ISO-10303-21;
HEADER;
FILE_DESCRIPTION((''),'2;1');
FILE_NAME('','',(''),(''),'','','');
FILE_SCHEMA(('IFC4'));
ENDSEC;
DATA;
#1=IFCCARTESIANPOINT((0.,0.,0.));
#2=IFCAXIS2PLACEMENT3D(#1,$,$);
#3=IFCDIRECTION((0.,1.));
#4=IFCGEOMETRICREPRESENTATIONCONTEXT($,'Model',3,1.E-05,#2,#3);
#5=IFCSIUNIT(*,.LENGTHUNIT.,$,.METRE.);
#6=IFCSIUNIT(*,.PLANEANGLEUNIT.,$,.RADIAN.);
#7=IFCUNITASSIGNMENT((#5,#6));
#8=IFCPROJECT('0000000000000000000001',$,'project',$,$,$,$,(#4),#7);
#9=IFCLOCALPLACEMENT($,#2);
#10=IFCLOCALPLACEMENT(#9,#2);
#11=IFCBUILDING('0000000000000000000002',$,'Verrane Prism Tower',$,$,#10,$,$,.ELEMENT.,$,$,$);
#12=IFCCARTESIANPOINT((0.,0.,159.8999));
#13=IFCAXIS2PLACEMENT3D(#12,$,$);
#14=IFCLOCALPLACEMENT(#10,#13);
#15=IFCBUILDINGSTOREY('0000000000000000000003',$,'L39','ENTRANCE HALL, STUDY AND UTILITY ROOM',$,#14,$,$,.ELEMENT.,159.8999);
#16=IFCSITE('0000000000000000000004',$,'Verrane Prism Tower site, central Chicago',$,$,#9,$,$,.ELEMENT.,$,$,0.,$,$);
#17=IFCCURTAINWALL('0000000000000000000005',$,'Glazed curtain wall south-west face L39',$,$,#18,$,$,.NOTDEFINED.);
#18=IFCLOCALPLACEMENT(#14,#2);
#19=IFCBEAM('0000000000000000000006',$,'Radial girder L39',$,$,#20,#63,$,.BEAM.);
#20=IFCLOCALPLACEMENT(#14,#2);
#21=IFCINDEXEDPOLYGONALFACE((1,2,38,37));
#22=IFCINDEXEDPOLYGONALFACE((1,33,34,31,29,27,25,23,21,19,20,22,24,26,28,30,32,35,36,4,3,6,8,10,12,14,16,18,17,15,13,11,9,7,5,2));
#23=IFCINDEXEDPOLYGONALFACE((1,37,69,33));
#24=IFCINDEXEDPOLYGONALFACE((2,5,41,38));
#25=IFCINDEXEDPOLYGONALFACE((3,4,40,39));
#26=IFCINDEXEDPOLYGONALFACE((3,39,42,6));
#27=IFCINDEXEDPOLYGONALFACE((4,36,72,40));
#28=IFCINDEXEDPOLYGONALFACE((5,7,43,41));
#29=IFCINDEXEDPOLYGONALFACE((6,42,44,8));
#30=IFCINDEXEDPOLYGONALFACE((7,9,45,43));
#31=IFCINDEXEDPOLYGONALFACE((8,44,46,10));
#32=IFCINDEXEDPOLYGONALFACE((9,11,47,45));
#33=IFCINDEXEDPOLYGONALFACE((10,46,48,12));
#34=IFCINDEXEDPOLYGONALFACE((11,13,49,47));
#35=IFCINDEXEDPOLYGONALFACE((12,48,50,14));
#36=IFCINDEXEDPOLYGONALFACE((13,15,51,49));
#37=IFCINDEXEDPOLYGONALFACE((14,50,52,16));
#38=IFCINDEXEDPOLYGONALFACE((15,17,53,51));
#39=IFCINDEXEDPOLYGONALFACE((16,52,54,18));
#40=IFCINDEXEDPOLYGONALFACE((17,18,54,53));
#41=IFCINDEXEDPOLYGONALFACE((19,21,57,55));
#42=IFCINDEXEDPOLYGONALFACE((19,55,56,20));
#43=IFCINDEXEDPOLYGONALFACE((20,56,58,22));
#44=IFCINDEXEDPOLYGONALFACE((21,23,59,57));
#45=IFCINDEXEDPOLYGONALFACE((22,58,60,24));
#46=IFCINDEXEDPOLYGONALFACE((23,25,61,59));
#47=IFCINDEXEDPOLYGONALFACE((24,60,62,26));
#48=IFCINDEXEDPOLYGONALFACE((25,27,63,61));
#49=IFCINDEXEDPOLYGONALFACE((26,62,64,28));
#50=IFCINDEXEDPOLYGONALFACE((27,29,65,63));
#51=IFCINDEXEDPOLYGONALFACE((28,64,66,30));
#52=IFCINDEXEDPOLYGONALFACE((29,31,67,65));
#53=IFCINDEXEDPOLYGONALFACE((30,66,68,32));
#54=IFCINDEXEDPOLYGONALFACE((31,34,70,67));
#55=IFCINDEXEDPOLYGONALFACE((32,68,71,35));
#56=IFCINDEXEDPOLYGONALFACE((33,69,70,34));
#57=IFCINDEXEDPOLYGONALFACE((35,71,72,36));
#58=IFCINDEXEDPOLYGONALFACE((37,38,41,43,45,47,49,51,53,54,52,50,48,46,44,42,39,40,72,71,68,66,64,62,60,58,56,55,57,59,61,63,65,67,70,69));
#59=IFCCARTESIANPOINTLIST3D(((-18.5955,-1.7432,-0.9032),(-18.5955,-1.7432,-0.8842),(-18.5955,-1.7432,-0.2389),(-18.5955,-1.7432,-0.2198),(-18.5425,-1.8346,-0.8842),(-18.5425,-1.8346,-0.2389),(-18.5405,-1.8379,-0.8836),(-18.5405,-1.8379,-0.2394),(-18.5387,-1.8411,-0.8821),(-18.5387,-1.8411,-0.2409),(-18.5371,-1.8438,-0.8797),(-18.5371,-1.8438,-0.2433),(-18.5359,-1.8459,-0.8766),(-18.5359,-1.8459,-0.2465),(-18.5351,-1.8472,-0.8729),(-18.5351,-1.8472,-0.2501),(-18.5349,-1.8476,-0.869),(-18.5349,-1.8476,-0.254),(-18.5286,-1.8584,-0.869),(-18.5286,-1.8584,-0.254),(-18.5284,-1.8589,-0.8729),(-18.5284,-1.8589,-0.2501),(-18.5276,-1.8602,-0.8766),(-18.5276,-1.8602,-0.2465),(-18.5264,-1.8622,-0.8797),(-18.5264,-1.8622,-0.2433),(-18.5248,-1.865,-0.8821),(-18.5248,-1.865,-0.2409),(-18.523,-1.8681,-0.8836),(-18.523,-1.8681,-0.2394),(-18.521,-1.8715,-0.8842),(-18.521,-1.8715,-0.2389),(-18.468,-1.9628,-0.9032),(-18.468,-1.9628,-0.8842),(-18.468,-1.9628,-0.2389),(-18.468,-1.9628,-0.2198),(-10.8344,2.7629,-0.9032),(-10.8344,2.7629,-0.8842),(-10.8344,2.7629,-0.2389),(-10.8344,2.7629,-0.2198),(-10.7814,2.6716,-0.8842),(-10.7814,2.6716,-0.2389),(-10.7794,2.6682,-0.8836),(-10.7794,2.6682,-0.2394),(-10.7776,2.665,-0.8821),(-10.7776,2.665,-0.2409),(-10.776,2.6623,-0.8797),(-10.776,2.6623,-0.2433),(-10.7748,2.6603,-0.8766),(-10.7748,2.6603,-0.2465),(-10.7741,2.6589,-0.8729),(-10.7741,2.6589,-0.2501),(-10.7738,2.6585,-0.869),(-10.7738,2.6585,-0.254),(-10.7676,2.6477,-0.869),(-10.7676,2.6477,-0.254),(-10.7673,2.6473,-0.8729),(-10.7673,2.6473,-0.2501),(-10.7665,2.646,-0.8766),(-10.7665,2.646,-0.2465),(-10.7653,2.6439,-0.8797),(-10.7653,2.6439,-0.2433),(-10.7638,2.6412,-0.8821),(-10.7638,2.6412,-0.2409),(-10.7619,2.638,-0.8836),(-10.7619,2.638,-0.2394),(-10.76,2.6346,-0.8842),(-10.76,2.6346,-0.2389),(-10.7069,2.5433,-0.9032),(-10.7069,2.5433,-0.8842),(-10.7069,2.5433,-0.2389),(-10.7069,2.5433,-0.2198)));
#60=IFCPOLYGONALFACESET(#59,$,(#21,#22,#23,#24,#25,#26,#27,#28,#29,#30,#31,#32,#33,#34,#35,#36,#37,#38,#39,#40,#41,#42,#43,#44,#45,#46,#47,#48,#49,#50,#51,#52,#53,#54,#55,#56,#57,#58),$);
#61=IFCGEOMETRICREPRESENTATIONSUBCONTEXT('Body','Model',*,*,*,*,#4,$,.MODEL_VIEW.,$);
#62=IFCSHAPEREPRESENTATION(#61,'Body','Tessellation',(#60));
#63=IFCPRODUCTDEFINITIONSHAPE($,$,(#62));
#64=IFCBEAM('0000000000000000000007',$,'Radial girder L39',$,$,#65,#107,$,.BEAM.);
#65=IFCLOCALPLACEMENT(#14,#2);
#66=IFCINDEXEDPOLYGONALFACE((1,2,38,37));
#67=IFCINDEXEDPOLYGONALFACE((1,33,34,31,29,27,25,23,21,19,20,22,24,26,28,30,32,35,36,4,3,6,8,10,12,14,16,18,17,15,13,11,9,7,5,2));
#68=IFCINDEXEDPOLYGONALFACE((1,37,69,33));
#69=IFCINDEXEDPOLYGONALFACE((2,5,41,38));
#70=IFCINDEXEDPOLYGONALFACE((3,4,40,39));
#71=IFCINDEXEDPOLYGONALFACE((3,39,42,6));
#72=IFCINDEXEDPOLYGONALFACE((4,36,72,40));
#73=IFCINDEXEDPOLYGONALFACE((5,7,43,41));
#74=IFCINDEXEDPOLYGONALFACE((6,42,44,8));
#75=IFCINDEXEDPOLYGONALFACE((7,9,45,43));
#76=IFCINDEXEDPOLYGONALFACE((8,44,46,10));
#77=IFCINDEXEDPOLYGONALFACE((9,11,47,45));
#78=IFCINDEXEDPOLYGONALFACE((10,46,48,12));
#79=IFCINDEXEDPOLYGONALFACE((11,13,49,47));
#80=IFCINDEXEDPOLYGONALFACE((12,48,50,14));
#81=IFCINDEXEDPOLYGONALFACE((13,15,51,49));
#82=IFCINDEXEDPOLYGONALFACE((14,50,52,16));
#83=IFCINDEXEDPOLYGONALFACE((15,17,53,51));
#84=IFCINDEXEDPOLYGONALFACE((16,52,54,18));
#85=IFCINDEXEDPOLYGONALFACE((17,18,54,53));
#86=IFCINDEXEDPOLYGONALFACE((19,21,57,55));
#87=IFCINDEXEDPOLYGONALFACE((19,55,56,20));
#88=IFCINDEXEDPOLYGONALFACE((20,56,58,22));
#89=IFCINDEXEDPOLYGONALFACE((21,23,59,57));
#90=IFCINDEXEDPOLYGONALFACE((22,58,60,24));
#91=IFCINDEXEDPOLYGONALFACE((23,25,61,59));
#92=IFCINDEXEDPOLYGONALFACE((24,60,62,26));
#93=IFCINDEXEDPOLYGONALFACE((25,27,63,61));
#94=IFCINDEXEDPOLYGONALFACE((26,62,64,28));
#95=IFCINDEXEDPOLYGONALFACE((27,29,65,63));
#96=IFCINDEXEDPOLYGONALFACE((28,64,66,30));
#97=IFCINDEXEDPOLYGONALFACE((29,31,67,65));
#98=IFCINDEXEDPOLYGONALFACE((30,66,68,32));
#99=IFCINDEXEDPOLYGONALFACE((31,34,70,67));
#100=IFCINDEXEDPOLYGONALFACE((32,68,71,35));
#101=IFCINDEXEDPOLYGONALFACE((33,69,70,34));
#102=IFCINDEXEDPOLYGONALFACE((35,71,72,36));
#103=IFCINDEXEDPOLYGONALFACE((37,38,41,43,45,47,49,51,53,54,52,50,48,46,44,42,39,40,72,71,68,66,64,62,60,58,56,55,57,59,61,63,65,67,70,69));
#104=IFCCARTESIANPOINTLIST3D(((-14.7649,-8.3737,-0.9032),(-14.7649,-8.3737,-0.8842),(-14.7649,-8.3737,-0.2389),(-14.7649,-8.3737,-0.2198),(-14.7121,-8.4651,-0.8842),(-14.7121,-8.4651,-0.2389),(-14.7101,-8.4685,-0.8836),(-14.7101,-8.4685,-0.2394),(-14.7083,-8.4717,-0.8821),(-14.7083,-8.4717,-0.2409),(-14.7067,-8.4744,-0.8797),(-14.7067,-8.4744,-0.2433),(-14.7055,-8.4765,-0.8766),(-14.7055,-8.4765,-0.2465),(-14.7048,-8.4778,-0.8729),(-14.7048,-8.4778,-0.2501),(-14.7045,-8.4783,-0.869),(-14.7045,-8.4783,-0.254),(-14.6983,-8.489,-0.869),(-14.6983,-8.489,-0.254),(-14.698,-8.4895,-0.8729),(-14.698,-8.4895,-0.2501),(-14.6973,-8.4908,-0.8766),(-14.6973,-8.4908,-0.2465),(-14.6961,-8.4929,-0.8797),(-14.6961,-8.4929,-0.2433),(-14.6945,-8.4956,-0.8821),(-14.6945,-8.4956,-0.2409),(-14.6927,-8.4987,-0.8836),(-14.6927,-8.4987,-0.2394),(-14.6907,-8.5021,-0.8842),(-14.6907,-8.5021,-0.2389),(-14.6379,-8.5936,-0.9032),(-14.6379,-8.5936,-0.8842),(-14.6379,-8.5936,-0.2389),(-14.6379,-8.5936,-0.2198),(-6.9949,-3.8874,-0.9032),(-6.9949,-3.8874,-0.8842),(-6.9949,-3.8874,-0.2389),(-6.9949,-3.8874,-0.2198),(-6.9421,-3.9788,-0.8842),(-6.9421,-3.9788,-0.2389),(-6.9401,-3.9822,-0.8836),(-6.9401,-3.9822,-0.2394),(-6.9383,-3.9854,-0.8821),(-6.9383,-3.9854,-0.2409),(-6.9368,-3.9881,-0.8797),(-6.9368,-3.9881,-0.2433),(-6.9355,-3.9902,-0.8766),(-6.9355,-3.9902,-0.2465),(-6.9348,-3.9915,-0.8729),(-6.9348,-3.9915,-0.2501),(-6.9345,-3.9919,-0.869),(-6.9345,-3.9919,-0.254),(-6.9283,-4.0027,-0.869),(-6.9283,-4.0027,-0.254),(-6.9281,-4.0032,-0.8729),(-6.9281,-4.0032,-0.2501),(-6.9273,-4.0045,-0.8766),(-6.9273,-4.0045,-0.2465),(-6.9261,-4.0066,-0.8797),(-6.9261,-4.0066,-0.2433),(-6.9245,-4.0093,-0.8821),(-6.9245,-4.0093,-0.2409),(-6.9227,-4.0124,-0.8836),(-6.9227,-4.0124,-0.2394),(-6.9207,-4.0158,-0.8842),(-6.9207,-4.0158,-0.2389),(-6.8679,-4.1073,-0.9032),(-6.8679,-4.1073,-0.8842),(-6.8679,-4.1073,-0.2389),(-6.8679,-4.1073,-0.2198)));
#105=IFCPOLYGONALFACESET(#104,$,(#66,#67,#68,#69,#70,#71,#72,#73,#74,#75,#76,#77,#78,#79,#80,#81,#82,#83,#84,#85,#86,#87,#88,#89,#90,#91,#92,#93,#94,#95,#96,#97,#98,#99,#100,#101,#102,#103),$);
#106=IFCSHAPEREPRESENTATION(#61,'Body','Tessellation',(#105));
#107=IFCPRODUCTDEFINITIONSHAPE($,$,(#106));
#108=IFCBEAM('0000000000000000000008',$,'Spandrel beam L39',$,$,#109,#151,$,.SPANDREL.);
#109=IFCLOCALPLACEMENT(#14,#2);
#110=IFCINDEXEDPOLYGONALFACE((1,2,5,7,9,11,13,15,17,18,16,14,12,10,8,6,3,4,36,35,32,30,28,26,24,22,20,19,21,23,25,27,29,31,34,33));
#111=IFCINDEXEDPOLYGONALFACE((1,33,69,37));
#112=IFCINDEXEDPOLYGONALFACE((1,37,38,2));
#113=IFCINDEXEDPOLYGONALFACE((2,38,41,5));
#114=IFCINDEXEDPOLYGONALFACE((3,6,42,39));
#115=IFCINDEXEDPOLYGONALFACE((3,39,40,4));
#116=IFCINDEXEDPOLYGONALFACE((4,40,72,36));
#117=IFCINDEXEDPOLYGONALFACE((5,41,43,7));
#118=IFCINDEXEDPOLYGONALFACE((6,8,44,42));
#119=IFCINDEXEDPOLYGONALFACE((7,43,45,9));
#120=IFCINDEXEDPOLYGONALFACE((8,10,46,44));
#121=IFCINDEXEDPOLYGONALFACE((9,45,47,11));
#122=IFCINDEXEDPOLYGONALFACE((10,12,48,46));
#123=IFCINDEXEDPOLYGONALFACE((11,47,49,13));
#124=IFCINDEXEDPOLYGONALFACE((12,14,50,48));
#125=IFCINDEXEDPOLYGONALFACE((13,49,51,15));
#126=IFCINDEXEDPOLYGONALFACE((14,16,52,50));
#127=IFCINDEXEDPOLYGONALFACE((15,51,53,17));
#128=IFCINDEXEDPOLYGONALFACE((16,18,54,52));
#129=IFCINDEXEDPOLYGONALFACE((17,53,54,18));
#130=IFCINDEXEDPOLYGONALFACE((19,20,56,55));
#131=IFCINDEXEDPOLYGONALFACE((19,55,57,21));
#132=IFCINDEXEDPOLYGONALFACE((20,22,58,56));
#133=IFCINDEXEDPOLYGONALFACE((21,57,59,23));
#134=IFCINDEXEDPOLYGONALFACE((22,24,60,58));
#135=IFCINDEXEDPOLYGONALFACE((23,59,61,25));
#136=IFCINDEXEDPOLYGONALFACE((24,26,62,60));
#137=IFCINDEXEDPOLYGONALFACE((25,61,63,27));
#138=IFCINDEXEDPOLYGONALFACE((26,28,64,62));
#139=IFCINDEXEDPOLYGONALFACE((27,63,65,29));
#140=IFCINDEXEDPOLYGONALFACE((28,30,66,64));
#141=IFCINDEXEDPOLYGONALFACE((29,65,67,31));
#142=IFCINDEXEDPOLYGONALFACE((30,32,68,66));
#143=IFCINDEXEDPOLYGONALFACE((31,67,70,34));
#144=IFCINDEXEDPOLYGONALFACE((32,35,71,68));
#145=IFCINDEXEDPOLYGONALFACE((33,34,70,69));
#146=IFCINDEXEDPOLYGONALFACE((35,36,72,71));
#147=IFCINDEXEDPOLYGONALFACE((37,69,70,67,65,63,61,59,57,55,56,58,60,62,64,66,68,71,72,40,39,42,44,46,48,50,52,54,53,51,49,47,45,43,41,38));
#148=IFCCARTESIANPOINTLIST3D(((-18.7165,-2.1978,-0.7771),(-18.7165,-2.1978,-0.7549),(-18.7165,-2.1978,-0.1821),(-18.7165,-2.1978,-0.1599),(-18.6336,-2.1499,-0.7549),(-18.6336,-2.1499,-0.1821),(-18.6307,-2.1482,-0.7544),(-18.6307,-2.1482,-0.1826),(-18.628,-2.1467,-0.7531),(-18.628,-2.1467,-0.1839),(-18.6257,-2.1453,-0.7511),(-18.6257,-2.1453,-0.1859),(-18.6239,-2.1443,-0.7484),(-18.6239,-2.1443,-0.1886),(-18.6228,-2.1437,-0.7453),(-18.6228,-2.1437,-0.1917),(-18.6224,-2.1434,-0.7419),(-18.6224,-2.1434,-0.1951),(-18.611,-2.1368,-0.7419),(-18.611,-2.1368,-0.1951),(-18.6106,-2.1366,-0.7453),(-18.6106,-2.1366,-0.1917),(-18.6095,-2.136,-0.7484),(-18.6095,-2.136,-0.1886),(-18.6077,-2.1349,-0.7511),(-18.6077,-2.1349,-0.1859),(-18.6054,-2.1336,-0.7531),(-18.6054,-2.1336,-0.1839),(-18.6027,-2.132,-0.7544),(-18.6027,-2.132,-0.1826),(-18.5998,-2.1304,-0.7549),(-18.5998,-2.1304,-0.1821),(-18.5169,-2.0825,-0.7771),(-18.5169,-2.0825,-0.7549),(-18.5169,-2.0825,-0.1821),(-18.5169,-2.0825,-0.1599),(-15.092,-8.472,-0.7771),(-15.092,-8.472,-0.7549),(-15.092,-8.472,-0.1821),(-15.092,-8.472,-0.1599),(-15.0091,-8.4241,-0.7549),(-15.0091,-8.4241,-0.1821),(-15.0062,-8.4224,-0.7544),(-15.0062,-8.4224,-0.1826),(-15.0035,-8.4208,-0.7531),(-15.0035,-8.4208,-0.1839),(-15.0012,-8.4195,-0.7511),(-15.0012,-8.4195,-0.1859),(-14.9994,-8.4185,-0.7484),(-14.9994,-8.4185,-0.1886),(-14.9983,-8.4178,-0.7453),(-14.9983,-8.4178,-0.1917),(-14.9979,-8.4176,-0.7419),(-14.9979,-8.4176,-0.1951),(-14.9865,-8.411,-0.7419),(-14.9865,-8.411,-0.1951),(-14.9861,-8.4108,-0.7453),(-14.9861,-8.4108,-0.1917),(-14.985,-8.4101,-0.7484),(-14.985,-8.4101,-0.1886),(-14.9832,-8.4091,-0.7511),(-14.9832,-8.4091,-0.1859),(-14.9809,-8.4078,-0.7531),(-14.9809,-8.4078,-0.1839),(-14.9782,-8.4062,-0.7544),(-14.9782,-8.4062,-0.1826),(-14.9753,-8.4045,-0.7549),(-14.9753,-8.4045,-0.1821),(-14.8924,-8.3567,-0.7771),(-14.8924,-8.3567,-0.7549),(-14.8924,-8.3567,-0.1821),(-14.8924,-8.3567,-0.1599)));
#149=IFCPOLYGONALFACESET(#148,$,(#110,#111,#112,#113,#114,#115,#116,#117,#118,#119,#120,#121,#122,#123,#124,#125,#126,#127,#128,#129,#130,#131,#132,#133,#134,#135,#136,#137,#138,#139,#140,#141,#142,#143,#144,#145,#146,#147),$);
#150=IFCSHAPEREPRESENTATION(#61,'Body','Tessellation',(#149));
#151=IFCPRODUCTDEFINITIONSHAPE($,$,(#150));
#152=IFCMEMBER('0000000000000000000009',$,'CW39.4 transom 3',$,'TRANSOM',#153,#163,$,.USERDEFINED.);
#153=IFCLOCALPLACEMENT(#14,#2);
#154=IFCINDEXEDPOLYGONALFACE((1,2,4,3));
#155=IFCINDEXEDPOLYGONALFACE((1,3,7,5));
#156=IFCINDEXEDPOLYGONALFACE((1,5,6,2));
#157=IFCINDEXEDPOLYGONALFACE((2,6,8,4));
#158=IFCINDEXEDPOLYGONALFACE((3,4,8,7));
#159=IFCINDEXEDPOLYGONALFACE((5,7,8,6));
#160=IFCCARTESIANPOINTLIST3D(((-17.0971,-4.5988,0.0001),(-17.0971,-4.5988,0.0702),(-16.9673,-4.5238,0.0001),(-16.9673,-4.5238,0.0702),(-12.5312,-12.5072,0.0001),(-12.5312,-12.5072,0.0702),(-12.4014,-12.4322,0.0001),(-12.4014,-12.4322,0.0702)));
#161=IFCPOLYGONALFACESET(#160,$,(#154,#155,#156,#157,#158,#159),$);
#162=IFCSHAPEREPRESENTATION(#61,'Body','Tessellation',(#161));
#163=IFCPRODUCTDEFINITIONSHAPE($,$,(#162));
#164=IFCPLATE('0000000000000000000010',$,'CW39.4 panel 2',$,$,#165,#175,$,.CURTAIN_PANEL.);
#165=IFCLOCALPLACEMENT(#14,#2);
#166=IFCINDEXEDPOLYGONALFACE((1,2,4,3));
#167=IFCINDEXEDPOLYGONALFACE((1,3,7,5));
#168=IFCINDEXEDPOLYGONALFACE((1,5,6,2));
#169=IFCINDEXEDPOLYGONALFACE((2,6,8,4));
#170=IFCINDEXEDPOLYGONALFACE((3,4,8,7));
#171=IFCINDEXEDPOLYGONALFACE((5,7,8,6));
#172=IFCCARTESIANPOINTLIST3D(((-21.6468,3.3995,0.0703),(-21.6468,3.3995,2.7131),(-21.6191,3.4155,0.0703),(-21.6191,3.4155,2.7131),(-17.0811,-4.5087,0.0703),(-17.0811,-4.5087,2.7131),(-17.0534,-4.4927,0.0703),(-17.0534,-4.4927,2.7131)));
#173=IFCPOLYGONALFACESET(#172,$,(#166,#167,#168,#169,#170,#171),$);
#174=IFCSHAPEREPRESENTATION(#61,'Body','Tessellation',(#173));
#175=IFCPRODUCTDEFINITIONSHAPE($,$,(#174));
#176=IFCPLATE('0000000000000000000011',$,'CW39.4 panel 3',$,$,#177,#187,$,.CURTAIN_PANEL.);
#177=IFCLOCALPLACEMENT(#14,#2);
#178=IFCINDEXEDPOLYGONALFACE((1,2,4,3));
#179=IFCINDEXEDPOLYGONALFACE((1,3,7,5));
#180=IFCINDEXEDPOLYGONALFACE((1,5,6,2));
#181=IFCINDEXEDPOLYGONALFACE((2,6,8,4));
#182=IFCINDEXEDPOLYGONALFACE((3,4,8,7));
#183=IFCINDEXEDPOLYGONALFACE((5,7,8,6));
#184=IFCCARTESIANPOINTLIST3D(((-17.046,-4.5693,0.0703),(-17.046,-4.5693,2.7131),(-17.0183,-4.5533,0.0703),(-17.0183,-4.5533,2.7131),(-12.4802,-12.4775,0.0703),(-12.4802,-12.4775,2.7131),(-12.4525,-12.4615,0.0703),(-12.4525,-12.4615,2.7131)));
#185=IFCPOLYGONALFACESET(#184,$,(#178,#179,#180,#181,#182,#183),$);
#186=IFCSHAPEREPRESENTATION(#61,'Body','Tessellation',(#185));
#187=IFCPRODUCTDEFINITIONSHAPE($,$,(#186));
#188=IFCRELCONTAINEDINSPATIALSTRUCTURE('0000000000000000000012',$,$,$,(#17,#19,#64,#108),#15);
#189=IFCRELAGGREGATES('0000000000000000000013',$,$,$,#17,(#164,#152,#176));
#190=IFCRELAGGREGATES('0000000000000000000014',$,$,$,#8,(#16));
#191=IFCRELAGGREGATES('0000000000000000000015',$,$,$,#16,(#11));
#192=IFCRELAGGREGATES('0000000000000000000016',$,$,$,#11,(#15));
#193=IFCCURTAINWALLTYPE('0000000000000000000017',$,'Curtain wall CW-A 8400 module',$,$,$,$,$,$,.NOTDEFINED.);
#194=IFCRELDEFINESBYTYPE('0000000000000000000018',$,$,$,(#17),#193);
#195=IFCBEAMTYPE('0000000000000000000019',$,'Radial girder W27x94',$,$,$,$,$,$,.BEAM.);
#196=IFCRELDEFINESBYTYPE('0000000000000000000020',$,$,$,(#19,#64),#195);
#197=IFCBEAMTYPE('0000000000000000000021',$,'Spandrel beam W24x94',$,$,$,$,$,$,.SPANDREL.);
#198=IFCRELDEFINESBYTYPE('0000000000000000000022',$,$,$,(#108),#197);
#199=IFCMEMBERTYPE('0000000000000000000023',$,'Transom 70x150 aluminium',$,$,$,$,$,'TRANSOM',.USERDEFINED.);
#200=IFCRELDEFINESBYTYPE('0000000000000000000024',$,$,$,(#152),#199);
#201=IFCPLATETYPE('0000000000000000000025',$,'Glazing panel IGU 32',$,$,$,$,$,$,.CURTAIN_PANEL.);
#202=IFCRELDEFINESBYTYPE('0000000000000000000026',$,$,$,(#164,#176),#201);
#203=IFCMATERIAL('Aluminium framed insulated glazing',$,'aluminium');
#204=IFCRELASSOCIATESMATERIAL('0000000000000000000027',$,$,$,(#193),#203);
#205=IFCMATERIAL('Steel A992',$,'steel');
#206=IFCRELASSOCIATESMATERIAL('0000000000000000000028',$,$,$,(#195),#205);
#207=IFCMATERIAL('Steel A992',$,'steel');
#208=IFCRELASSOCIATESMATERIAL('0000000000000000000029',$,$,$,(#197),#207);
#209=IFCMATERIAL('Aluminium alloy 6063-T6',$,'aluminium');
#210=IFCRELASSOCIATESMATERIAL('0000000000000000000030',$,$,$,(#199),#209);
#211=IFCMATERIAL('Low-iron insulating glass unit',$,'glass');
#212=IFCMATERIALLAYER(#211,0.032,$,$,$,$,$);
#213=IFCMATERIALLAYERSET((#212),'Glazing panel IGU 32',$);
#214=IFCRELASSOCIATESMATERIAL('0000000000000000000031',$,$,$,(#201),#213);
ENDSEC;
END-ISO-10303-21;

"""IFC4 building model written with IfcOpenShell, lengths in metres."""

from ifc_helpers import new_model, si_unit, direction, frame, origin, origin_2d, place, context, subcontext, project, spatial, rectangle, i_section, extrude, material, layer, layer_set, material_profile, profile_set, type_object, element, aggregate, save


model = new_model("IFC4")

# Units and contexts
model_context = context("Model", 3, precision=1e-05, world=origin(), true_north=direction((0.0, 1.0)))
body_context = subcontext(model_context, "Body", "Model", "MODEL_VIEW")
ifc_project = project(units=[si_unit("LENGTHUNIT", "METRE"), si_unit("PLANEANGLEUNIT", "RADIAN")], contexts=[model_context])

# Site, building, storey
site_placement = place(None, origin())
site = spatial("IfcSite", under=ifc_project, at=site_placement, Name="Verrane Prism Tower site, central Chicago", CompositionType="ELEMENT", RefElevation=0.0)
building_placement = place(site_placement, origin())
building = spatial("IfcBuilding", under=site, at=building_placement, Name="Verrane Prism Tower", CompositionType="ELEMENT")
storey_placement = place(building_placement, frame((0.0, 0.0, 159.8999)))
storey = spatial("IfcBuildingStorey", under=building, at=storey_placement, Name="L39", Description="ENTRANCE HALL, STUDY AND UTILITY ROOM", CompositionType="ELEMENT", Elevation=159.8999)

# Curtain wall
ifc_material_1 = material(Name="Aluminium framed insulated glazing", Category="aluminium")
curtain_wall_type = type_object("IfcCurtainWallType", Name="Curtain wall CW-A 8400 module", PredefinedType="NOTDEFINED", material=ifc_material_1)
curtain_wall_placement = place(storey_placement, origin())
curtain_wall = element("IfcCurtainWall", 1, at=curtain_wall_placement, inside=storey, type_object=curtain_wall_type, Name="Glazed curtain wall south-west face L39", PredefinedType="NOTDEFINED")

# Beams
ifc_material_2 = material(Name="Steel A992", Category="steel")
ifc_material_profile_1 = material_profile(ifc_material_2, i_section(OverallWidth=0.2539, OverallDepth=0.6833, WebThickness=0.0125, FlangeThickness=0.019, FilletRadius=0.0151, at=origin_2d()), Name="W27x94")
ifc_profile_set_1 = profile_set([ifc_material_profile_1], Name="Steel A992")
beam_type_1 = type_object("IfcBeamType", Name="Radial girder W27x94", PredefinedType="BEAM", material=ifc_profile_set_1)
beam_1_placement = place(storey_placement, frame((-18.5317, -1.853, -0.5615), z_axis=(0.864802, 0.502113, 0.0), x_axis=(-0.502113, 0.864802, 0.0)))
element("IfcBeam", 2, at=beam_1_placement, inside=storey, type_object=beam_type_1, Name="Radial girder L39", PredefinedType="BEAM", context=body_context, shape_type="SweptSolid", body=[
    extrude(i_section(OverallWidth=0.2539, OverallDepth=0.6833, WebThickness=0.0125, FlangeThickness=0.019, FilletRadius=0.0151, at=origin_2d()), origin(), (0.0, 0.0, 1.0), 8.9744),
])
beam_2_placement = place(storey_placement, frame((-14.7014, -8.4836, -0.5615), z_axis=(0.866011, 0.500026, 0.0), x_axis=(-0.500026, 0.866011, 0.0)))
element("IfcBeam", 3, at=beam_2_placement, inside=storey, type_object=beam_type_1, Name="Radial girder L39", PredefinedType="BEAM", context=body_context, shape_type="SweptSolid", body=[
    extrude(i_section(OverallWidth=0.2539, OverallDepth=0.6833, WebThickness=0.0125, FlangeThickness=0.019, FilletRadius=0.0151, at=origin_2d()), origin(), (0.0, 0.0, 1.0), 8.9722),
])
ifc_material_3 = material(Name="Steel A992", Category="steel")
ifc_material_profile_2 = material_profile(ifc_material_3, i_section(OverallWidth=0.2305, OverallDepth=0.6172, WebThickness=0.0132, FlangeThickness=0.0222, FilletRadius=0.0129, at=origin_2d()), Name="W24x94")
ifc_profile_set_2 = profile_set([ifc_material_profile_2], Name="Steel A992")
beam_type_2 = type_object("IfcBeamType", Name="Spandrel beam W24x94", PredefinedType="SPANDREL", material=ifc_profile_set_2)
beam_3_placement = place(storey_placement, frame((-18.6167, -2.1401, -0.4685), z_axis=(0.500219, -0.865899, 0.0), x_axis=(0.865899, 0.500219, 0.0)))
element("IfcBeam", 4, at=beam_3_placement, inside=storey, type_object=beam_type_2, Name="Spandrel beam L39", PredefinedType="SPANDREL", context=body_context, shape_type="SweptSolid", body=[
    extrude(i_section(OverallWidth=0.2305, OverallDepth=0.6172, WebThickness=0.0132, FlangeThickness=0.0222, FilletRadius=0.0129, at=origin_2d()), origin(), (0.0, 0.0, 1.0), 7.2458),
])

# Member
ifc_material_4 = material(Name="Aluminium alloy 6063-T6", Category="aluminium")
ifc_material_profile_3 = material_profile(ifc_material_4, rectangle(XDim=0.1499, YDim=0.0701, at=origin_2d()), Name="Transom 70x150 aluminium")
ifc_profile_set_3 = profile_set([ifc_material_profile_3], Name="Aluminium alloy 6063-T6")
member_type_1 = type_object("IfcMemberType", Name="Transom 70x150 aluminium", ElementType="TRANSOM", PredefinedType="USERDEFINED", material=ifc_profile_set_3)
member_1_placement = place(storey_placement, frame((-17.0322, -4.5613, 0.0352), z_axis=(0.499998, -0.866027, 0.0), x_axis=(0.866027, 0.499998, 0.0)))
member_1 = element("IfcMember", 5, at=member_1_placement, type_object=member_type_1, Name="CW39.4 transom 3", ObjectType="TRANSOM", PredefinedType="USERDEFINED", context=body_context, shape_type="SweptSolid", body=[
    extrude(rectangle(XDim=0.1499, YDim=0.0701, at=origin_2d()), origin(), (0.0, 0.0, 1.0), 9.1318),
])

# Plates
ifc_material_5 = material(Name="Low-iron insulating glass unit", Category="glass")
ifc_layer_1 = layer(ifc_material_5, 0.032)
ifc_layer_set_1 = layer_set([ifc_layer_1], Name="Glazing panel IGU 32")
plate_type = type_object("IfcPlateType", Name="Glazing panel IGU 32", PredefinedType="CURTAIN_PANEL", material=ifc_layer_set_1)
plate_1_placement = place(storey_placement, frame((-19.3501, -0.5466, 0.0703), z_axis=(0.0, 0.0, 1.0), x_axis=(0.499999, -0.866026, 0.0)))
plate_1 = element("IfcPlate", 6, at=plate_1_placement, type_object=plate_type, Name="CW39.4 panel 2", PredefinedType="CURTAIN_PANEL", context=body_context, shape_type="SweptSolid", body=[
    extrude(rectangle(XDim=9.1316, YDim=0.032, at=origin_2d()), origin(), (0.0, 0.0, 1.0), 2.6428),
])
plate_2_placement = place(storey_placement, frame((-14.7493, -8.5154, 0.0703), z_axis=(0.0, 0.0, 1.0), x_axis=(0.499999, -0.866026, 0.0)))
plate_2 = element("IfcPlate", 7, at=plate_2_placement, type_object=plate_type, Name="CW39.4 panel 3", PredefinedType="CURTAIN_PANEL", context=body_context, shape_type="SweptSolid", body=[
    extrude(rectangle(XDim=9.1316, YDim=0.032, at=origin_2d()), origin(), (0.0, 0.0, 1.0), 2.6428),
])
aggregate(curtain_wall, [plate_1, member_1, plate_2])

save(model, "model.ifc")
